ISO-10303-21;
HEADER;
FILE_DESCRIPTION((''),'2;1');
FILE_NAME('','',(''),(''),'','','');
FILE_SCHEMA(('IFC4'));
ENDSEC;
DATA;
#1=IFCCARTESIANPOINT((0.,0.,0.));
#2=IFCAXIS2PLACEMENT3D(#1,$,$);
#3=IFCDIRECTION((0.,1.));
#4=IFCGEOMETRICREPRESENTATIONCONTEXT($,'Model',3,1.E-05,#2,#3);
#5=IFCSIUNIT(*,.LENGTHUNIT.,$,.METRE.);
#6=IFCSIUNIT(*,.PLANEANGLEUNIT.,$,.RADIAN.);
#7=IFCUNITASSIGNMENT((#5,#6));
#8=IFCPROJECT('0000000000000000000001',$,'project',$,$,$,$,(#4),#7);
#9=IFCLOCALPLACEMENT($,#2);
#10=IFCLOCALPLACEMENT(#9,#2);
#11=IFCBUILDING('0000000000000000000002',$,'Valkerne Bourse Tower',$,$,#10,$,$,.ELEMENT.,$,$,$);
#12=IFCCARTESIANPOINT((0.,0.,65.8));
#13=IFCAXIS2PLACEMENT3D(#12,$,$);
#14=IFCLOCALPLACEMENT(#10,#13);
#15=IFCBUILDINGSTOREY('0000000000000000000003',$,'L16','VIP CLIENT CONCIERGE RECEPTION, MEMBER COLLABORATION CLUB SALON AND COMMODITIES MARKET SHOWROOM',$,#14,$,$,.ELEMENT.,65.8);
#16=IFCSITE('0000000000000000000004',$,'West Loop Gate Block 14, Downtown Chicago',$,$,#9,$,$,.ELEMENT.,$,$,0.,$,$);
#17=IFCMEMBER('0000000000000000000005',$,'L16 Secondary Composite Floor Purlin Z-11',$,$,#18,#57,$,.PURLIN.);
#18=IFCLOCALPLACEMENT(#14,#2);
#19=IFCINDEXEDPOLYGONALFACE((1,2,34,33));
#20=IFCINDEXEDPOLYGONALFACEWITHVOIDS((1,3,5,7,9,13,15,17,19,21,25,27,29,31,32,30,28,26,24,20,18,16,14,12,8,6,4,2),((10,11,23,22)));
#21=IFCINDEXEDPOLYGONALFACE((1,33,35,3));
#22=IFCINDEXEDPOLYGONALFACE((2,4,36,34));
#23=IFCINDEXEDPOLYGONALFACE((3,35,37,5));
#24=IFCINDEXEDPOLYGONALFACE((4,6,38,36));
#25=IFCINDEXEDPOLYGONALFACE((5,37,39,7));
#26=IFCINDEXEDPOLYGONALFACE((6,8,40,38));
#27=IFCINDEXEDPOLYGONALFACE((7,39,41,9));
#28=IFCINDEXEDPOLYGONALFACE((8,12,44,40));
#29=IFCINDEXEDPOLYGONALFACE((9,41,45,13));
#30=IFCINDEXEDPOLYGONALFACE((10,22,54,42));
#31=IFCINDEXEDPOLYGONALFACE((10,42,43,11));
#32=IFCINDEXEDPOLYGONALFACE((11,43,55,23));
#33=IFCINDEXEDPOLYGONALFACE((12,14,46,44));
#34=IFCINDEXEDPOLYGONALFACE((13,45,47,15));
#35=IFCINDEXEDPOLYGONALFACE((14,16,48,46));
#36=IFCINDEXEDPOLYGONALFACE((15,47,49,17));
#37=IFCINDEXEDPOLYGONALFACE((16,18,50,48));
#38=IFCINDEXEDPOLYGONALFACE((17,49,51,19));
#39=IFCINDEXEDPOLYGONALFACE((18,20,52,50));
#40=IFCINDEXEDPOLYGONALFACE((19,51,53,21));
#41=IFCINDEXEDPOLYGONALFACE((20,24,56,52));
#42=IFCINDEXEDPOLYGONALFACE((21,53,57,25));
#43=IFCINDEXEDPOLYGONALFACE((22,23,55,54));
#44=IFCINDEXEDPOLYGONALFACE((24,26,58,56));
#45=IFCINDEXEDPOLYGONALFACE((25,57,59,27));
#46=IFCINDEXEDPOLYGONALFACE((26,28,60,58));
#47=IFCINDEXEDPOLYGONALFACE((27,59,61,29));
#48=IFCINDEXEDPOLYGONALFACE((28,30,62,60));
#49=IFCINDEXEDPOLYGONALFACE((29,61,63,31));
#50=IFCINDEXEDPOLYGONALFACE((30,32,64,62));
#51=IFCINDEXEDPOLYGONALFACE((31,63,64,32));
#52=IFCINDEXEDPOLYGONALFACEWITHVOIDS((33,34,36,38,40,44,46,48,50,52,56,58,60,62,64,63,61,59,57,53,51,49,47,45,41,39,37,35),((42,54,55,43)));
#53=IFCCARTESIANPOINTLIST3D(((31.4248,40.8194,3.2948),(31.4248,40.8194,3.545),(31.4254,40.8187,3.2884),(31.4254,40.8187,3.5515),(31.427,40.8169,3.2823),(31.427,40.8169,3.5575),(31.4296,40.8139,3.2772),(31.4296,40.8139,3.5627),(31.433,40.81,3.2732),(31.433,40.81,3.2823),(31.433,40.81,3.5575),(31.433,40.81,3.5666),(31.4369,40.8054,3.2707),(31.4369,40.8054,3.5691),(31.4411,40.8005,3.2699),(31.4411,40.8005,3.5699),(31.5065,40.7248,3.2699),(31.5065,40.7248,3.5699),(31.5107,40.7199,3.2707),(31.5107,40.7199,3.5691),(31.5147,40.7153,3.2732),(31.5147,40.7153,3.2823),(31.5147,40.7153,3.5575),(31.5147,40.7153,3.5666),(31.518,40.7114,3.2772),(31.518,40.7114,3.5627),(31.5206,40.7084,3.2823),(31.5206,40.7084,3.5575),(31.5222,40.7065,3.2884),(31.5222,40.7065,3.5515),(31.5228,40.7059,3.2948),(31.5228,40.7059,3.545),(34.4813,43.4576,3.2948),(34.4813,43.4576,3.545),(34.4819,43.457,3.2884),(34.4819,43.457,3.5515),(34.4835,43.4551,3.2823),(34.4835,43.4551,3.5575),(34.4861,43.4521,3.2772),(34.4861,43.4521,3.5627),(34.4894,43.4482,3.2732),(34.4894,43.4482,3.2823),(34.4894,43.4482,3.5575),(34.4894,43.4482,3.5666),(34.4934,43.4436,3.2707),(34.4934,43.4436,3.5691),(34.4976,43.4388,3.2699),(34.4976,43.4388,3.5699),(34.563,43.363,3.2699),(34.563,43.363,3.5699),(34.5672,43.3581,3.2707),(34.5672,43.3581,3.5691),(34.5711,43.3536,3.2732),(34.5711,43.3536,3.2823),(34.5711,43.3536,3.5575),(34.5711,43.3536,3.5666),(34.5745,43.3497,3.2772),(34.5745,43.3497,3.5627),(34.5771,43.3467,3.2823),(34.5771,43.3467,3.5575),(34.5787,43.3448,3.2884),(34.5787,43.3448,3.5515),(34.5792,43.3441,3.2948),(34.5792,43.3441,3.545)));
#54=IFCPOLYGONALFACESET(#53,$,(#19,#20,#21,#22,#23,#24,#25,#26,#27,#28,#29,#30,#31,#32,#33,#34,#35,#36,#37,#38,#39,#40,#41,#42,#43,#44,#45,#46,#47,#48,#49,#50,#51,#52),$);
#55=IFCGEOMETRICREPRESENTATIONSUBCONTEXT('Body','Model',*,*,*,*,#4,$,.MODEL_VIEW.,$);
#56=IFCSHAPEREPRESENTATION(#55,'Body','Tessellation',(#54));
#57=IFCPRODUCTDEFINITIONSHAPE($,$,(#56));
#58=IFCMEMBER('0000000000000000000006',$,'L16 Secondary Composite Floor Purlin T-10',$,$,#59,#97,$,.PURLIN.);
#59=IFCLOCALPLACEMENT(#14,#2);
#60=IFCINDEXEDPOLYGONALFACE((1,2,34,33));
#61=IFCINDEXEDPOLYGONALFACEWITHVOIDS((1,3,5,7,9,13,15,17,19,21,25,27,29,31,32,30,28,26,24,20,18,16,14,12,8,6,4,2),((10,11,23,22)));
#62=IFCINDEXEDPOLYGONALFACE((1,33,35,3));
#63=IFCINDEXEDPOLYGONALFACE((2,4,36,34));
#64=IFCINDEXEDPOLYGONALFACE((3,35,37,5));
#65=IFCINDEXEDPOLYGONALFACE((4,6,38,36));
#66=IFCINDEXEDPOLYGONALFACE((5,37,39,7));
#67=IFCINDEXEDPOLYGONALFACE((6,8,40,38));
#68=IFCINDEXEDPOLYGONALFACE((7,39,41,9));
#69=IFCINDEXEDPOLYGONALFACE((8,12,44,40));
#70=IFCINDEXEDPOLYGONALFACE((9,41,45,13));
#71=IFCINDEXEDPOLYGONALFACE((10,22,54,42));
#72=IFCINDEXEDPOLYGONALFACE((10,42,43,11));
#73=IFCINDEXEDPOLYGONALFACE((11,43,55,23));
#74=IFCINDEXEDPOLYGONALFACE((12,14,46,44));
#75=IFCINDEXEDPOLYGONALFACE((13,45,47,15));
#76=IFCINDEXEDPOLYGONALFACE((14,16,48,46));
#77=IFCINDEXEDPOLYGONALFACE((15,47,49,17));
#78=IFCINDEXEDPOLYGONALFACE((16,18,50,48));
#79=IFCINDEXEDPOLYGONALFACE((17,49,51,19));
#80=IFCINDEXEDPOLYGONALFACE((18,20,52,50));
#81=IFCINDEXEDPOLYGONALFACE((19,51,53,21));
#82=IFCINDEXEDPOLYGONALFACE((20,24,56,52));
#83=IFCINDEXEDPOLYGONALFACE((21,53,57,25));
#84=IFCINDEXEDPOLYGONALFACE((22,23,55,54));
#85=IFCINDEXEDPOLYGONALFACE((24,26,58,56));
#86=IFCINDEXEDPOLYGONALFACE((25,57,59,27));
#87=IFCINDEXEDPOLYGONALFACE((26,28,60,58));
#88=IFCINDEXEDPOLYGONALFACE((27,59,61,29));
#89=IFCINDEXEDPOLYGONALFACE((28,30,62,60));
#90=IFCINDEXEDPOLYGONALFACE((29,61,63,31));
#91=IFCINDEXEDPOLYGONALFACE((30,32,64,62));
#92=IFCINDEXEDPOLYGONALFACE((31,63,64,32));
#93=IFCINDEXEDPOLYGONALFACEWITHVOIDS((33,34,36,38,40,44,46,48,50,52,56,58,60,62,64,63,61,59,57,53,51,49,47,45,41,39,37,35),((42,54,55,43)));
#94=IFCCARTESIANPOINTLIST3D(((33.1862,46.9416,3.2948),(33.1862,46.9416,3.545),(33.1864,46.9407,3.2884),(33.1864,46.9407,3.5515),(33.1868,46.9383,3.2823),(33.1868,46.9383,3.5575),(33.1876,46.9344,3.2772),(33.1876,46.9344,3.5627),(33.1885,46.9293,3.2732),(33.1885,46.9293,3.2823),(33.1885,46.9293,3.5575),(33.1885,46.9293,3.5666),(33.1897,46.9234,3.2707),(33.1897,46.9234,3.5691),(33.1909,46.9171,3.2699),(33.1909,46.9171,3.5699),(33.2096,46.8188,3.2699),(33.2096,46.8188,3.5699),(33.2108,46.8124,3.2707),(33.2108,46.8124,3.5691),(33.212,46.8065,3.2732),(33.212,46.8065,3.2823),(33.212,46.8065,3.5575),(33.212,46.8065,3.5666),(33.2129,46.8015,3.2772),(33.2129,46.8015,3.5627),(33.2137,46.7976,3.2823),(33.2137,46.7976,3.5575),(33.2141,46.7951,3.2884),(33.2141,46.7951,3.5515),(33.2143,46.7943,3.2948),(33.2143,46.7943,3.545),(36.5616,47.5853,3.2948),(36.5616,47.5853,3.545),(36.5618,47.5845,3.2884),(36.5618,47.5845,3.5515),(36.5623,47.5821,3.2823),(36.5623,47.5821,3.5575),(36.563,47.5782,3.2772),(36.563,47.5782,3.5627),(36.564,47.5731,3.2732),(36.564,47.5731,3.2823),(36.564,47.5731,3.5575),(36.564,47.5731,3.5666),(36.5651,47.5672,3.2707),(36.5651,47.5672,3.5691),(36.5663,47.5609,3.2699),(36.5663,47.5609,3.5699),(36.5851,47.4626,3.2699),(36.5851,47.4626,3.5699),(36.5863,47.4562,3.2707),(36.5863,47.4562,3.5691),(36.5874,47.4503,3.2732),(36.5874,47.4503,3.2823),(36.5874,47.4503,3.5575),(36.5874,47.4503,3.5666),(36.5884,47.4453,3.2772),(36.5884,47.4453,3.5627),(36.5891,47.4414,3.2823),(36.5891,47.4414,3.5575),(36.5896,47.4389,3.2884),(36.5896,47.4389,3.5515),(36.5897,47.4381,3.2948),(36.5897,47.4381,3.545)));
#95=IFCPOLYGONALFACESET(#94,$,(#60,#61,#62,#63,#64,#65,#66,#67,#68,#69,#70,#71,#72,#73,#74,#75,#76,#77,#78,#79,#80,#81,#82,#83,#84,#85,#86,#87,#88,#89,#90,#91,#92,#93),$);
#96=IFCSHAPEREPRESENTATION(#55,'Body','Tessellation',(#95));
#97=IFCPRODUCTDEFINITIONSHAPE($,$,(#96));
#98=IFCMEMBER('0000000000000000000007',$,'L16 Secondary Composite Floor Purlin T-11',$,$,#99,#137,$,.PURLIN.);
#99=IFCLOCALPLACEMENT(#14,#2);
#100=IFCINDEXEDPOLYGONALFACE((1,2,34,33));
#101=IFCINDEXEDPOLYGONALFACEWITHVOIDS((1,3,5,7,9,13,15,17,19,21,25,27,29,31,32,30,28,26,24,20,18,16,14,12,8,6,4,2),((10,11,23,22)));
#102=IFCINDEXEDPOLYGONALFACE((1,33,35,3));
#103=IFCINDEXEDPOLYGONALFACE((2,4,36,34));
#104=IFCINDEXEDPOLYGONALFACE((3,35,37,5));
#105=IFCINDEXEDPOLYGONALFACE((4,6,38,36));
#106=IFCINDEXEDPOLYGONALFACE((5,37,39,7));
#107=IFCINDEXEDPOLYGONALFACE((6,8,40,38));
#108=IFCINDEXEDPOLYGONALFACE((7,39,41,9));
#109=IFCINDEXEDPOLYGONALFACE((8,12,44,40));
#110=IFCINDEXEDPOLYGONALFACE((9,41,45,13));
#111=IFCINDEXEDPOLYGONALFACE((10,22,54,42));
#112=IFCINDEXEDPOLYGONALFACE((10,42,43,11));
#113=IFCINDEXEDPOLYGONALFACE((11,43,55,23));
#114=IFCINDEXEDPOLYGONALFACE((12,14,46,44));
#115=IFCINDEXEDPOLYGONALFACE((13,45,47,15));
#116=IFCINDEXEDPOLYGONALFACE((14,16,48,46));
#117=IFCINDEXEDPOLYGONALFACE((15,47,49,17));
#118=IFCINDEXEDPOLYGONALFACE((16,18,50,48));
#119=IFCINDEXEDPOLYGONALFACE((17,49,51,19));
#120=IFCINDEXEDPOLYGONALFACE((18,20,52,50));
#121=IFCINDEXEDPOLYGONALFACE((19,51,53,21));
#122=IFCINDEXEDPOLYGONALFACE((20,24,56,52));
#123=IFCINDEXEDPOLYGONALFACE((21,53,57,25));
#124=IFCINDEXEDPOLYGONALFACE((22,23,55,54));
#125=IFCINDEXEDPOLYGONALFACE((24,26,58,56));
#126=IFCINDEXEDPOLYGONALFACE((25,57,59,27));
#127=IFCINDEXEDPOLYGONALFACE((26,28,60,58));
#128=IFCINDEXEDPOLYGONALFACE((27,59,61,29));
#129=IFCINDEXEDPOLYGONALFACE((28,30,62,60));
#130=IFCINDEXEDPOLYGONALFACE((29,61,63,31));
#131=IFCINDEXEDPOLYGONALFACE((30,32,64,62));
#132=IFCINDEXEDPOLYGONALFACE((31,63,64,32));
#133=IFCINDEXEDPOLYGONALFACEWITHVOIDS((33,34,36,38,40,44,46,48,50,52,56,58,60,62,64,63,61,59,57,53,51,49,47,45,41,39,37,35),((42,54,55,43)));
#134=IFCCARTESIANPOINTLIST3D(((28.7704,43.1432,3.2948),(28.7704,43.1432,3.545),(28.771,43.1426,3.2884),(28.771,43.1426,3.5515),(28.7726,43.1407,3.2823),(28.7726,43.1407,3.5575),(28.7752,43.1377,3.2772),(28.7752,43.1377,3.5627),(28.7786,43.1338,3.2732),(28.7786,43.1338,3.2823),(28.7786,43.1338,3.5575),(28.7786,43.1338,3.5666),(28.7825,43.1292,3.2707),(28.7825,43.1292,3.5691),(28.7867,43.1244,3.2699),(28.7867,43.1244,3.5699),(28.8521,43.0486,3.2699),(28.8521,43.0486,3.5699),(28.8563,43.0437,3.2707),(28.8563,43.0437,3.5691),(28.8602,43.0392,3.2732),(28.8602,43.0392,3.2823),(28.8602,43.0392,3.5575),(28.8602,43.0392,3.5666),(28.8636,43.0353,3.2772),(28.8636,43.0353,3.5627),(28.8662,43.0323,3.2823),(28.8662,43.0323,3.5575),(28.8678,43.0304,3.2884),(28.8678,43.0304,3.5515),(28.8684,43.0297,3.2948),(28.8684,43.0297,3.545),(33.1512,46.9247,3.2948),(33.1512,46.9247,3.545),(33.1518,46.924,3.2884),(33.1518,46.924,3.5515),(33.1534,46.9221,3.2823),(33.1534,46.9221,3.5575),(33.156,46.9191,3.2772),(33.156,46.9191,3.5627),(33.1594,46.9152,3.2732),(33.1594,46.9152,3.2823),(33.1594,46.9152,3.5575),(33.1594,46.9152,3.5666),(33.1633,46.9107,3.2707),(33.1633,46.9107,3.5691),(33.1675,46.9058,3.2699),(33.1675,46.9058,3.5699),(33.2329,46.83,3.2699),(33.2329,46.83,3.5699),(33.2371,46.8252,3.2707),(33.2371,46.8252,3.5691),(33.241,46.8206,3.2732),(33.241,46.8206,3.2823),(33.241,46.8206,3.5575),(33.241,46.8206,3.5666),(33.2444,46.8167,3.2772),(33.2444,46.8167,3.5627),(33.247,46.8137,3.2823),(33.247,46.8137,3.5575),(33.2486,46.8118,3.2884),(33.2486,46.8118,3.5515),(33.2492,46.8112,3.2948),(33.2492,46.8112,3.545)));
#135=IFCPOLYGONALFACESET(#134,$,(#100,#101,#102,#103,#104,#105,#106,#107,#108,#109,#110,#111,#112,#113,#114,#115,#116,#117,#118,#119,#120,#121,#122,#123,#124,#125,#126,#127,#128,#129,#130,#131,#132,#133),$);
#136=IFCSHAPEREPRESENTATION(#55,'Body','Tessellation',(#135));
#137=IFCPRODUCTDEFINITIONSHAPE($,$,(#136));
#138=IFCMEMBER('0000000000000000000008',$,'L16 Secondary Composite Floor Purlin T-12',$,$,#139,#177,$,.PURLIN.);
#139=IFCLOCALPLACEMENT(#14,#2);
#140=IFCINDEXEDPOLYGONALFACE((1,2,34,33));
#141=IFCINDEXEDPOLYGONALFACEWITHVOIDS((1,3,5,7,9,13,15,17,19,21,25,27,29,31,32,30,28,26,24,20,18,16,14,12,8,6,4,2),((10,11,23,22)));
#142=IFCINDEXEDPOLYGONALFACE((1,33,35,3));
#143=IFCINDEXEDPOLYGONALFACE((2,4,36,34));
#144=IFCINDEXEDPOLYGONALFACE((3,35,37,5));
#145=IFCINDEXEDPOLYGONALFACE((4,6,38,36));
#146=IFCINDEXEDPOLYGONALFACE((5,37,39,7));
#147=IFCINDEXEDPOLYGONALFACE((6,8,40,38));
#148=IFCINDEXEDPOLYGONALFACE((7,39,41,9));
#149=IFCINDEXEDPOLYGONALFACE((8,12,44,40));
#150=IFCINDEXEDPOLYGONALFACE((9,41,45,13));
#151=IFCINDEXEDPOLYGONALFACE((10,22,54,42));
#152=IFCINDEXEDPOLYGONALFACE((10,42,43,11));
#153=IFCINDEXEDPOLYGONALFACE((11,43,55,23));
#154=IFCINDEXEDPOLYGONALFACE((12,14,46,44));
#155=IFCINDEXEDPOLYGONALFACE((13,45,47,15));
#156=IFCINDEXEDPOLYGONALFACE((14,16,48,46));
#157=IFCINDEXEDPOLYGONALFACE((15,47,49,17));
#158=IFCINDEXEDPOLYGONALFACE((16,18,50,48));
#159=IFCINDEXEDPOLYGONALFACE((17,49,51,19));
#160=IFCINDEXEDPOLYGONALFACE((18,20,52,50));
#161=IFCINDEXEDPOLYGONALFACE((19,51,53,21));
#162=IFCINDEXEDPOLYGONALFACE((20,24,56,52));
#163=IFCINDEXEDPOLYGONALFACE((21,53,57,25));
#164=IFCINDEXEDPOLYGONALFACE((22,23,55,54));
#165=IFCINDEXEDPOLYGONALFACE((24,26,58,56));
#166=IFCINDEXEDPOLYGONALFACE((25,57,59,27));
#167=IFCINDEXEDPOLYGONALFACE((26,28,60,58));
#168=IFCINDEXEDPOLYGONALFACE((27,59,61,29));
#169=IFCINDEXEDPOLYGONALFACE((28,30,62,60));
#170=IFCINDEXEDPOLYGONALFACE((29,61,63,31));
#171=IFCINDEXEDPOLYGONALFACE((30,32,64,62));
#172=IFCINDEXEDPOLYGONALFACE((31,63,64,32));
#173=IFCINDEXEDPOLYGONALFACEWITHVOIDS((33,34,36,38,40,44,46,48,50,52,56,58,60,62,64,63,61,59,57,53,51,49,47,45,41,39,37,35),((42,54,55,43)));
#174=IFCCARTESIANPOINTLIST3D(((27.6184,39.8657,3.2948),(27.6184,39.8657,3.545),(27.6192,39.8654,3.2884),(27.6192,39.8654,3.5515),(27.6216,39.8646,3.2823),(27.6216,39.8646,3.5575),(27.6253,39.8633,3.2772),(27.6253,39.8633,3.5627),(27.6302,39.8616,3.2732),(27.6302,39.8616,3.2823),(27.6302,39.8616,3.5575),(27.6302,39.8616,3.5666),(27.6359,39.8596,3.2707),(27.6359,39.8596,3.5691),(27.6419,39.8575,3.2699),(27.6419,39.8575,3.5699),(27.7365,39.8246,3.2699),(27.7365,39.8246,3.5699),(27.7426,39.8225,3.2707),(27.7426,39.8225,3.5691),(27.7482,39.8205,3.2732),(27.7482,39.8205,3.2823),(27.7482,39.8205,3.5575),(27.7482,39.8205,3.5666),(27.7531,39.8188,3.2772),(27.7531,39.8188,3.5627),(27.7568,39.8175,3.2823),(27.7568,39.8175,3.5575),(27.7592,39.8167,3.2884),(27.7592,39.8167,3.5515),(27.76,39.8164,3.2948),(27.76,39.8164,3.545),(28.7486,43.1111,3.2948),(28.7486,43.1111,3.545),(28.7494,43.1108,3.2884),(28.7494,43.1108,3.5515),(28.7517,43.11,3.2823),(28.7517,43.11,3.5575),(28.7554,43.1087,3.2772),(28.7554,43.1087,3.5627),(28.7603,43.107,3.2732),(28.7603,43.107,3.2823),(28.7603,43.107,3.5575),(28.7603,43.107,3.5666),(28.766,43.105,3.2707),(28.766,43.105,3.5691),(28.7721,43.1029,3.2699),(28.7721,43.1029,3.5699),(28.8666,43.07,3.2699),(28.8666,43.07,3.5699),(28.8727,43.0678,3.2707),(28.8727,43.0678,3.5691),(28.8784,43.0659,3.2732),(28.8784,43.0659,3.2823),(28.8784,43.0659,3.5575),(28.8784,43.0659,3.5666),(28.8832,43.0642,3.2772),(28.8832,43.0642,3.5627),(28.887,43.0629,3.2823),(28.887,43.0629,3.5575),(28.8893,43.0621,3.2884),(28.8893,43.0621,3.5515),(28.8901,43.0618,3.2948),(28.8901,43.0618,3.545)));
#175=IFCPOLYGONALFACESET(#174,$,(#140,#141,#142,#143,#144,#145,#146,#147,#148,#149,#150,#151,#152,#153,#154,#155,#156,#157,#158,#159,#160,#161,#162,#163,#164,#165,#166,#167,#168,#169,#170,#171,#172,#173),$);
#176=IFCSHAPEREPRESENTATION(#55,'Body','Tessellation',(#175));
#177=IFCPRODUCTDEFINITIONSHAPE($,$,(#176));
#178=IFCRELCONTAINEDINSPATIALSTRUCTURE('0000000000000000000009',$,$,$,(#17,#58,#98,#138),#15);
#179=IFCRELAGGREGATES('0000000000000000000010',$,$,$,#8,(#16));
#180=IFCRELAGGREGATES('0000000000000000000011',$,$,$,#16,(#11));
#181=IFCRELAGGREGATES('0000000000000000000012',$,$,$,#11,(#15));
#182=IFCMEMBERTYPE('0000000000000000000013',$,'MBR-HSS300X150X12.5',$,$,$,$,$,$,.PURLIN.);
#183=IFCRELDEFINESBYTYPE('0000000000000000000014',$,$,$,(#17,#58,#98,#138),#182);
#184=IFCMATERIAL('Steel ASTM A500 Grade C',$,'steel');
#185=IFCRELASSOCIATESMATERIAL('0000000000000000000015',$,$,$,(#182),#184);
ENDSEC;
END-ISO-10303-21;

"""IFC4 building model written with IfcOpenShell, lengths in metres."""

from ifc_helpers import new_model, si_unit, direction, frame, origin, origin_2d, place, context, subcontext, project, spatial, hollow_rectangle, extrude, material, material_profile, profile_set, type_object, element, save


model = new_model("IFC4")

# Units and contexts
model_context = context("Model", 3, precision=1e-05, world=origin(), true_north=direction((0.0, 1.0)))
body_context = subcontext(model_context, "Body", "Model", "MODEL_VIEW")
ifc_project = project(units=[si_unit("LENGTHUNIT", "METRE"), si_unit("PLANEANGLEUNIT", "RADIAN")], contexts=[model_context])

# Site, building, storey
site_placement = place(None, origin())
site = spatial("IfcSite", under=ifc_project, at=site_placement, Name="West Loop Gate Block 14, Downtown Chicago", CompositionType="ELEMENT", RefElevation=0.0)
building_placement = place(site_placement, origin())
building = spatial("IfcBuilding", under=site, at=building_placement, Name="Valkerne Bourse Tower", CompositionType="ELEMENT")
storey_placement = place(building_placement, frame((0.0, 0.0, 65.8)))
storey = spatial("IfcBuildingStorey", under=building, at=storey_placement, Name="L16", Description="VIP CLIENT CONCIERGE RECEPTION, MEMBER COLLABORATION CLUB SALON AND COMMODITIES MARKET SHOWROOM", CompositionType="ELEMENT", Elevation=65.8)

# Members
ifc_material_1 = material(Name="Steel ASTM A500 Grade C", Category="steel")
ifc_material_profile_1 = material_profile(ifc_material_1, hollow_rectangle(XDim=0.1499, YDim=0.3, WallThickness=0.0125, OuterFilletRadius=0.0249, at=origin_2d()), Name="HSS300X150X12.5")
ifc_profile_set_1 = profile_set([ifc_material_profile_1], Name="Steel ASTM A500 Grade C")
member_type_1 = type_object("IfcMemberType", Name="MBR-HSS300X150X12.5", PredefinedType="PURLIN", material=ifc_profile_set_1)
member_1_placement = place(storey_placement, frame((34.5303, 43.4009, 3.4199), z_axis=(-0.756998, -0.653417, 0.0), x_axis=(0.653417, -0.756998, 0.0)))
element("IfcMember", 1, at=member_1_placement, inside=storey, type_object=member_type_1, Name="L16 Secondary Composite Floor Purlin Z-11", PredefinedType="PURLIN", context=body_context, shape_type="SweptSolid", body=[
    extrude(hollow_rectangle(XDim=0.1499, YDim=0.3, WallThickness=0.0125, OuterFilletRadius=0.0249, at=origin_2d()), origin(), (0.0, 0.0, 1.0), 4.0376),
])
member_2_placement = place(storey_placement, frame((36.5757, 47.5117, 3.4199), z_axis=(-0.982293, -0.18735, 0.0), x_axis=(0.18735, -0.982293, 0.0)))
element("IfcMember", 2, at=member_2_placement, inside=storey, type_object=member_type_1, Name="L16 Secondary Composite Floor Purlin T-10", PredefinedType="PURLIN", context=body_context, shape_type="SweptSolid", body=[
    extrude(hollow_rectangle(XDim=0.1499, YDim=0.3, WallThickness=0.0125, OuterFilletRadius=0.0249, at=origin_2d()), origin(), (0.0, 0.0, 1.0), 3.4363),
])
member_3_placement = place(storey_placement, frame((33.2002, 46.8679, 3.4199), z_axis=(-0.756992, -0.653424, 0.0), x_axis=(0.653424, -0.756992, 0.0)))
element("IfcMember", 3, at=member_3_placement, inside=storey, type_object=member_type_1, Name="L16 Secondary Composite Floor Purlin T-11", PredefinedType="PURLIN", context=body_context, shape_type="SweptSolid", body=[
    extrude(hollow_rectangle(XDim=0.1499, YDim=0.3, WallThickness=0.0125, OuterFilletRadius=0.0249, at=origin_2d()), origin(), (0.0, 0.0, 1.0), 5.7871),
])
member_4_placement = place(storey_placement, frame((28.8193, 43.0864, 3.4199), z_axis=(-0.32886, -0.944379, 0.0), x_axis=(0.944379, -0.32886, 0.0)))
element("IfcMember", 4, at=member_4_placement, inside=storey, type_object=member_type_1, Name="L16 Secondary Composite Floor Purlin T-12", PredefinedType="PURLIN", context=body_context, shape_type="SweptSolid", body=[
    extrude(hollow_rectangle(XDim=0.1499, YDim=0.3, WallThickness=0.0125, OuterFilletRadius=0.0249, at=origin_2d()), origin(), (0.0, 0.0, 1.0), 3.4365),
])

save(model, "model.ifc")
